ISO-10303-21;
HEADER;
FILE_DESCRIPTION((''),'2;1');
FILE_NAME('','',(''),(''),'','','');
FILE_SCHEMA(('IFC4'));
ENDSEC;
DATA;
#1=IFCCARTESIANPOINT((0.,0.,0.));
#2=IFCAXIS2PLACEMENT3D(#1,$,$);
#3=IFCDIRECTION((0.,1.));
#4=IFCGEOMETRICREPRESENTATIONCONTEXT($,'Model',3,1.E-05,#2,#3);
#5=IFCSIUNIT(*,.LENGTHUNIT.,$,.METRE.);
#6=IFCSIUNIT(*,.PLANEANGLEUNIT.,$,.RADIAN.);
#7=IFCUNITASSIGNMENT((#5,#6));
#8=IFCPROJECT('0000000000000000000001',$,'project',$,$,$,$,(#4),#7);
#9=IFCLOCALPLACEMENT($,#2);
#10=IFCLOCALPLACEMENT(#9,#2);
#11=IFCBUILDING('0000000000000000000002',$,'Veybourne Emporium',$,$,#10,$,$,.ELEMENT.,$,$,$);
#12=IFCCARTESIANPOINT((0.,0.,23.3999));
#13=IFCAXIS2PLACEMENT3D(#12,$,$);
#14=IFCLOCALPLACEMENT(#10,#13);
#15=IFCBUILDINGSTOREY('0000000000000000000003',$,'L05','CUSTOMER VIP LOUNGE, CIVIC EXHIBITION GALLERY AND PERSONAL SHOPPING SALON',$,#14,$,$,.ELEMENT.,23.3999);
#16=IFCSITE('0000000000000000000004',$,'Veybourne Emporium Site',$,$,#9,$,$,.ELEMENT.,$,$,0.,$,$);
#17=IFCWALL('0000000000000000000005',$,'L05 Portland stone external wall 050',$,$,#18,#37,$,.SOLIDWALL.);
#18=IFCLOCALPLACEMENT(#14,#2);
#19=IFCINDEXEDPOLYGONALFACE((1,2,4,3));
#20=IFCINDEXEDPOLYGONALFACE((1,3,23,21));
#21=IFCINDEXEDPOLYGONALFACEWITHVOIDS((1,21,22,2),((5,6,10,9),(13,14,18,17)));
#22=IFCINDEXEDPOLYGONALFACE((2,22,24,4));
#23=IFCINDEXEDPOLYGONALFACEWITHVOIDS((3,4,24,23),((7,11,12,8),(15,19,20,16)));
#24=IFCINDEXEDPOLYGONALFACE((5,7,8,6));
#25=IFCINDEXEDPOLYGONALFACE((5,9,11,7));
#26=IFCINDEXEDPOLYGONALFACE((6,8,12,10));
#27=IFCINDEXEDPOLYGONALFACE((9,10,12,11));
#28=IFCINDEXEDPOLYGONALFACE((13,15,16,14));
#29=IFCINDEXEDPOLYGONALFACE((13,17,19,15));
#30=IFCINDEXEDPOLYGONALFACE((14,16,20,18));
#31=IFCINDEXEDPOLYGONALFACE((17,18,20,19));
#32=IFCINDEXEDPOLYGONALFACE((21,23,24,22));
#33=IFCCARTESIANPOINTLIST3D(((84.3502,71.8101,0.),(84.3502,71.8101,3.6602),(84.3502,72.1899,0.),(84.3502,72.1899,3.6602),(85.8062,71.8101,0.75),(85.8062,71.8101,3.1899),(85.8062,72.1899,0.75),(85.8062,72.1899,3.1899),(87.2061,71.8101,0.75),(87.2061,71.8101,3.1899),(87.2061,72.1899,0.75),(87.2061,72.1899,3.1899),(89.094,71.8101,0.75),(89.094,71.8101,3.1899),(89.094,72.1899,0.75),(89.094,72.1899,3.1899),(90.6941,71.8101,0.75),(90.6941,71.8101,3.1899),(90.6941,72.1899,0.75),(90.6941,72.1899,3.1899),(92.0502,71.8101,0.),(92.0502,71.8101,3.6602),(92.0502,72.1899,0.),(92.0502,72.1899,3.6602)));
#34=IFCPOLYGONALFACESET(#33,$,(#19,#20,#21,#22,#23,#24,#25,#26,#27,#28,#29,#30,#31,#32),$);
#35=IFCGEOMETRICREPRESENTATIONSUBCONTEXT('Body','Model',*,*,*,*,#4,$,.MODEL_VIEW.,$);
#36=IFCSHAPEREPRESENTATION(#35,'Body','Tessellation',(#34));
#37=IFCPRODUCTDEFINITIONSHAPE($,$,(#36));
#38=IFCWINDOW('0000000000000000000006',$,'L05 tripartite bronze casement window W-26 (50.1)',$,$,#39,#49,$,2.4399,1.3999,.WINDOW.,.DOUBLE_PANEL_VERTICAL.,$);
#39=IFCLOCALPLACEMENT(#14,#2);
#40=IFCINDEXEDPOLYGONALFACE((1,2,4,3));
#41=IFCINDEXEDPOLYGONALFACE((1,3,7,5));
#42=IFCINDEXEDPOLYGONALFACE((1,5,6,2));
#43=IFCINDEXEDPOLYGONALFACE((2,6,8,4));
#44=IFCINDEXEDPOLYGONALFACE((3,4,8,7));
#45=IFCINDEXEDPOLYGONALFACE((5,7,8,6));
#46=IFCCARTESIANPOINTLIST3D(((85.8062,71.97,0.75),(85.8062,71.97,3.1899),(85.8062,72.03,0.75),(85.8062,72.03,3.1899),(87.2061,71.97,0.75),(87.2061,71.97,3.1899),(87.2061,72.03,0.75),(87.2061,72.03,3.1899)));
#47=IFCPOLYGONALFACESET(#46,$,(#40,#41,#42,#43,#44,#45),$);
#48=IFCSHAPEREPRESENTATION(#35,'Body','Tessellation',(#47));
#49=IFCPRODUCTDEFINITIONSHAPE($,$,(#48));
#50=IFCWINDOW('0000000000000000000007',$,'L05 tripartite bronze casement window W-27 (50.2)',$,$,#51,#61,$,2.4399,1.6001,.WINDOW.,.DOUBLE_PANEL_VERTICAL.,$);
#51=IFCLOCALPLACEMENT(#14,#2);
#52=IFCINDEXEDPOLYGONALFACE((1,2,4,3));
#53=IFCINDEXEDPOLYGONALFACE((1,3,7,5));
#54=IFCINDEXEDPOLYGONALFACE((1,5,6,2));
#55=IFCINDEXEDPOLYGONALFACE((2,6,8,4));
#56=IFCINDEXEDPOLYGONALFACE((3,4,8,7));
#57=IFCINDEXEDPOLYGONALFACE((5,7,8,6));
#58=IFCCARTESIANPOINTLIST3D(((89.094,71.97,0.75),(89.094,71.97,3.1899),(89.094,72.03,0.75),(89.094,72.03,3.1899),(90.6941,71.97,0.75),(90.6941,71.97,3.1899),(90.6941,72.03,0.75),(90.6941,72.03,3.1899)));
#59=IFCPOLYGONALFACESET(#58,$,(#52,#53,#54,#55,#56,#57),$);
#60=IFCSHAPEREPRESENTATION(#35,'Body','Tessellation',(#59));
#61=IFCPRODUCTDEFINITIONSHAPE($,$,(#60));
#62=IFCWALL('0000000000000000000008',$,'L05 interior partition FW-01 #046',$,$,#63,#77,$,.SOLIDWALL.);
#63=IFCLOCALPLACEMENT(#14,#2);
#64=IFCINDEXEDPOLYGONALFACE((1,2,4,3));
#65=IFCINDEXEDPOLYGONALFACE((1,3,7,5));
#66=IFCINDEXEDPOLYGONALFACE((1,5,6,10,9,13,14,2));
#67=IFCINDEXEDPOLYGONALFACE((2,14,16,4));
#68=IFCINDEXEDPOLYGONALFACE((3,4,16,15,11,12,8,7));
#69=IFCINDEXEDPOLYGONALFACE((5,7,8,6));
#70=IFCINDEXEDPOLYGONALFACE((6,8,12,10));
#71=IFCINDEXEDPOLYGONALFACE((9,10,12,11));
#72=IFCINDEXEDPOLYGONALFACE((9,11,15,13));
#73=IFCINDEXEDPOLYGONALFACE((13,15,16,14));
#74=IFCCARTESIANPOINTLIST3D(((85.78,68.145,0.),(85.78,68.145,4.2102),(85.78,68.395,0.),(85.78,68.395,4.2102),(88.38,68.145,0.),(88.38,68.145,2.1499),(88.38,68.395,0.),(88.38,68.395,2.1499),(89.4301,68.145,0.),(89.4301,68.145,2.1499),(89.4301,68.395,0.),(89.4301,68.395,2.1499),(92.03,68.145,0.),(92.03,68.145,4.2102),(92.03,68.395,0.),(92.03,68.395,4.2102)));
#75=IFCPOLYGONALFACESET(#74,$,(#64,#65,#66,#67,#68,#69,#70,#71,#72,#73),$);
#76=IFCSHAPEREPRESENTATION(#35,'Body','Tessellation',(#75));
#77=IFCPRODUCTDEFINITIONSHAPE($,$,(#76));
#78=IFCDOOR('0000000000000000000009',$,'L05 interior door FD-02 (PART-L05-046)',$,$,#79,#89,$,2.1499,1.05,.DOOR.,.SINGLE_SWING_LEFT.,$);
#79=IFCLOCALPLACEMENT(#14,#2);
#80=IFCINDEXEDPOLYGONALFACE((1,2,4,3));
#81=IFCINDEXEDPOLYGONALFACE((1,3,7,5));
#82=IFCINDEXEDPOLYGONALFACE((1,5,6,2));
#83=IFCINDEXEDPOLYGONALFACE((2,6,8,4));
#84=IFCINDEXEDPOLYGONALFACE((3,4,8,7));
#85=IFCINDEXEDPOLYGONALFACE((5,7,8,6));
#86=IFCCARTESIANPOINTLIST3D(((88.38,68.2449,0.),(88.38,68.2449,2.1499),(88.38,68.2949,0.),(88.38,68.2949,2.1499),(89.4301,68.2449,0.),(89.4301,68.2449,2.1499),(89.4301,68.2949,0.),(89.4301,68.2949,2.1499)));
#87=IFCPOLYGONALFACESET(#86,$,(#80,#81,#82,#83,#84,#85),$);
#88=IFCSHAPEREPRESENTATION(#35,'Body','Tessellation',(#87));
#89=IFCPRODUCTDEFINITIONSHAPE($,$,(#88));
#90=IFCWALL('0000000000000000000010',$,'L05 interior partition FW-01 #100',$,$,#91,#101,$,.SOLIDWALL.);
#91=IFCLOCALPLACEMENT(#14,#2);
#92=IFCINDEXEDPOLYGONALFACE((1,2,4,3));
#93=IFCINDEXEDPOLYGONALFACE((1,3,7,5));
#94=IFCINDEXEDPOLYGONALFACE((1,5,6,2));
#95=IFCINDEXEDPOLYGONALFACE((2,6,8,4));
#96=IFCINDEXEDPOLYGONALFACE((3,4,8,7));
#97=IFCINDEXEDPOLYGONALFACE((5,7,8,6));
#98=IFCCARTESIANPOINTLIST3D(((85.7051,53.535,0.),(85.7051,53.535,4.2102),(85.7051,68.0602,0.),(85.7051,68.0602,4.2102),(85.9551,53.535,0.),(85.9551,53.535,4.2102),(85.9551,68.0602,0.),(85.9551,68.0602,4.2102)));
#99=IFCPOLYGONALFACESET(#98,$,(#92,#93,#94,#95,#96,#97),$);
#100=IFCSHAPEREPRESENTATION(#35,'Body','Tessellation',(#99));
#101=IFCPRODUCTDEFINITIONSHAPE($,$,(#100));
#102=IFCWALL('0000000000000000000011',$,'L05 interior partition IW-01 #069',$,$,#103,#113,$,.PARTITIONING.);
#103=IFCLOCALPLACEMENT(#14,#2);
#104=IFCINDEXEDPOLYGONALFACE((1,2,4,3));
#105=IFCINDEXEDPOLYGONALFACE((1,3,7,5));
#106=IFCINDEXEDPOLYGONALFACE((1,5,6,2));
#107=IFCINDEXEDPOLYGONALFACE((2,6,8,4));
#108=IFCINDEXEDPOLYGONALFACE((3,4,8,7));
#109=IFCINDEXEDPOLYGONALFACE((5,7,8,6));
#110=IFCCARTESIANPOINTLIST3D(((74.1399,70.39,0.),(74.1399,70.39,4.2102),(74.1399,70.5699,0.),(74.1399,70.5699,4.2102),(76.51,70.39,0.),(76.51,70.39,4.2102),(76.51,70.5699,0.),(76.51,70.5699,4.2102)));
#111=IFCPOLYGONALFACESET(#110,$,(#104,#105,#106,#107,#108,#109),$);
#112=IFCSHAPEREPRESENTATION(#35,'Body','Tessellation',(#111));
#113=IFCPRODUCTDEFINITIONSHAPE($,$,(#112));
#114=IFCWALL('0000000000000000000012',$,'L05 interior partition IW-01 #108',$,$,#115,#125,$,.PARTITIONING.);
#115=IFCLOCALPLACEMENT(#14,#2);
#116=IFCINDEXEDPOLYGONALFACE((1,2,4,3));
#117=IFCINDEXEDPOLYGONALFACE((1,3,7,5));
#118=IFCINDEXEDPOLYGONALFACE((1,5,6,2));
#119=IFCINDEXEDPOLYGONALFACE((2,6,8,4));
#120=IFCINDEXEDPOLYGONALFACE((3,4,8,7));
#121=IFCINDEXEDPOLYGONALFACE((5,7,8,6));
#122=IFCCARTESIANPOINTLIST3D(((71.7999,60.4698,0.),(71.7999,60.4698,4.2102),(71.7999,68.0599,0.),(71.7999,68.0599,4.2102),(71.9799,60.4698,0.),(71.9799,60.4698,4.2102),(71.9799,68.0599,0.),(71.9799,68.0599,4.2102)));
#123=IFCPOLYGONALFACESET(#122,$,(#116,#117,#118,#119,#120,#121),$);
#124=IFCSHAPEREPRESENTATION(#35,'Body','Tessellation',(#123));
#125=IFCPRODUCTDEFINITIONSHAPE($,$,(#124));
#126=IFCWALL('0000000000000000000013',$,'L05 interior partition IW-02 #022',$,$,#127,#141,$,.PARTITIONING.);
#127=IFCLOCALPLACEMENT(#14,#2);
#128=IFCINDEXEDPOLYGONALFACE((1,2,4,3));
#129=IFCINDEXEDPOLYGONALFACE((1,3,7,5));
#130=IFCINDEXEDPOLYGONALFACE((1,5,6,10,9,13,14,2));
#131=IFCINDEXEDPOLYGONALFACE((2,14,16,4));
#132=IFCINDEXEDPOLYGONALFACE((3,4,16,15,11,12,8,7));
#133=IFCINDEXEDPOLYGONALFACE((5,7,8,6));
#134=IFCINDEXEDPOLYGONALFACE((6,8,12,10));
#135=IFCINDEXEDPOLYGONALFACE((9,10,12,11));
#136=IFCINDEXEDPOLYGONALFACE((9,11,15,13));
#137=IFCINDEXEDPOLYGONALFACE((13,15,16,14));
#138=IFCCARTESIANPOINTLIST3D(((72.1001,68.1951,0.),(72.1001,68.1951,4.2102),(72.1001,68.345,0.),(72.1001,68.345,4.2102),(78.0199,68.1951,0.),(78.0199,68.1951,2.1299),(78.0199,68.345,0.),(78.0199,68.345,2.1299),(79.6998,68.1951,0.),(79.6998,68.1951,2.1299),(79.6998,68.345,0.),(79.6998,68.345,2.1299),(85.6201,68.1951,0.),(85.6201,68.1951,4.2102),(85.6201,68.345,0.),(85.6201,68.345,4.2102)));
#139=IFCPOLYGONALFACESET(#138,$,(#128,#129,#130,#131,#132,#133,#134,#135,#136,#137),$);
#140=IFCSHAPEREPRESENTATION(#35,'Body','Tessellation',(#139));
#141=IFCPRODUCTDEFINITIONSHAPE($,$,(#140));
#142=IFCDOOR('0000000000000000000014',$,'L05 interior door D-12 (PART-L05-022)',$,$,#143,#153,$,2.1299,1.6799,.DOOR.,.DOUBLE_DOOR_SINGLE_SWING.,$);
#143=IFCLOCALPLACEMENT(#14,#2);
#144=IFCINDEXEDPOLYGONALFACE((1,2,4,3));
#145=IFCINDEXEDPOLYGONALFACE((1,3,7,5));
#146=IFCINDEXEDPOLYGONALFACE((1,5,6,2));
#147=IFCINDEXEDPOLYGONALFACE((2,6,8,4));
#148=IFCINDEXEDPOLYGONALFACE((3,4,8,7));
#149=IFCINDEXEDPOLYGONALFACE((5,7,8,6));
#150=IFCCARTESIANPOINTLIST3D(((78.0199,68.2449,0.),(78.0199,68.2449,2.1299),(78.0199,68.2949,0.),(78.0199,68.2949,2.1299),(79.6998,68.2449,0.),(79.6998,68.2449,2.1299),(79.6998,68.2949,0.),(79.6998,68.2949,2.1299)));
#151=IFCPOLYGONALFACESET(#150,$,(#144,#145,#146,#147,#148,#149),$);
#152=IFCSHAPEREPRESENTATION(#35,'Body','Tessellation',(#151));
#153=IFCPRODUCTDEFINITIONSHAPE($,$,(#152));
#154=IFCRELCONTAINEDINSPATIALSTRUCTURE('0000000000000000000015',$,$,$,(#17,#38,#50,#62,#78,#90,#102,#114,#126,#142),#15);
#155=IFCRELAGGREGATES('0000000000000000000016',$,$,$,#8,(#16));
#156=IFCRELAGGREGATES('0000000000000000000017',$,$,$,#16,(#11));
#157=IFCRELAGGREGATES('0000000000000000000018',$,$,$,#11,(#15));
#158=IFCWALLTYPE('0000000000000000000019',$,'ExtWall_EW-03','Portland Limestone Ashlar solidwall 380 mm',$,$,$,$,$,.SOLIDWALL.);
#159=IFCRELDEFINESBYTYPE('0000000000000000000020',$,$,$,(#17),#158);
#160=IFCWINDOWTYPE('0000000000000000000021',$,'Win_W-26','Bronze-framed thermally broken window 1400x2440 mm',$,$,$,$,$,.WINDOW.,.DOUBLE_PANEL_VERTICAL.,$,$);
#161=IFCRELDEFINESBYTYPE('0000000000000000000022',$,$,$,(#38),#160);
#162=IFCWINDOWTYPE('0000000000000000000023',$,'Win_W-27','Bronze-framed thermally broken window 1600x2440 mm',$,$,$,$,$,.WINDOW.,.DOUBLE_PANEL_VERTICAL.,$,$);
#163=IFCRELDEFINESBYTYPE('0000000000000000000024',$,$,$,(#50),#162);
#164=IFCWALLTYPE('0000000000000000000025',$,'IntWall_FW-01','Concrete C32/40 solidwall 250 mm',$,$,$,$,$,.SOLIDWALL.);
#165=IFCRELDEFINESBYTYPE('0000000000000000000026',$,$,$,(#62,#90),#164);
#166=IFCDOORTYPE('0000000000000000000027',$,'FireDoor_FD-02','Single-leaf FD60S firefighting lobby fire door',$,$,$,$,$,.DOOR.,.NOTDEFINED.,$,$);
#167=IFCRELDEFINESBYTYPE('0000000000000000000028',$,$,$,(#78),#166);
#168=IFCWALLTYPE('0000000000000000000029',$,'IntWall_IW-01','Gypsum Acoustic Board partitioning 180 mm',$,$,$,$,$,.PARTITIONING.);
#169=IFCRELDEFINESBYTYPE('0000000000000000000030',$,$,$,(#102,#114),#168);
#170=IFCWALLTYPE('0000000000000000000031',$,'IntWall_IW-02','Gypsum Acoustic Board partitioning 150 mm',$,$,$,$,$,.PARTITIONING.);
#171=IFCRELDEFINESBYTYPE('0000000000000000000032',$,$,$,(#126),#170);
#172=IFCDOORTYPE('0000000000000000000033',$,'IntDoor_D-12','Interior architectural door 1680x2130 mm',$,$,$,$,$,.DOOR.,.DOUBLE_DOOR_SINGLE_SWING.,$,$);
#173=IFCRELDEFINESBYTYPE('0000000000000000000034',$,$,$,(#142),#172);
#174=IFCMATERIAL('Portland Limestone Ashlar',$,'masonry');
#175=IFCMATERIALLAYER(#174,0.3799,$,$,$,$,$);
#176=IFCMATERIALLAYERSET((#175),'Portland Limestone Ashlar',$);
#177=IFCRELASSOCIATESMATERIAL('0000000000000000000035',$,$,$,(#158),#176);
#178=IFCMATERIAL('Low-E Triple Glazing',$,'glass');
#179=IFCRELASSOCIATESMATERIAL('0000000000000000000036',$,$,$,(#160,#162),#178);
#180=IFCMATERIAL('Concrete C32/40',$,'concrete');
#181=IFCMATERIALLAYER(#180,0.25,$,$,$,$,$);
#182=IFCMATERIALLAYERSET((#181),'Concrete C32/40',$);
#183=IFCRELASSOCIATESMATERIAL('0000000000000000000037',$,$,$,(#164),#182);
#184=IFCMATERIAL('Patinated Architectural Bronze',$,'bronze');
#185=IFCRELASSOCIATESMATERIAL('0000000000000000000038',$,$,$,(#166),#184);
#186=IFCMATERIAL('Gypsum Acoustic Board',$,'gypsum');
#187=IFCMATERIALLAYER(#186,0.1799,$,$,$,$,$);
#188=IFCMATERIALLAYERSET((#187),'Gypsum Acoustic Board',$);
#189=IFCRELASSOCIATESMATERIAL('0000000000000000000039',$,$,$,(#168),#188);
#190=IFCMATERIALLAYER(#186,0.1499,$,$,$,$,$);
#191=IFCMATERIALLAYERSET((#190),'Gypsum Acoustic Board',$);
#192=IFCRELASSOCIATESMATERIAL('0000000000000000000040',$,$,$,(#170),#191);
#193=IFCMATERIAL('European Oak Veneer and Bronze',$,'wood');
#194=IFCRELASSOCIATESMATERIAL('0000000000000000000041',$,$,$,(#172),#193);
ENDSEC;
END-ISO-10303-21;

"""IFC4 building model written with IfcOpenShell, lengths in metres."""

from ifc_helpers import new_model, si_unit, direction, frame, frame_2d, origin, place, context, subcontext, project, spatial, rectangle, extrude, material, layer, layer_set, type_object, element, fill, save


model = new_model("IFC4")

# Units and contexts
model_context = context("Model", 3, precision=1e-05, world=origin(), true_north=direction((0.0, 1.0)))
body_context = subcontext(model_context, "Body", "Model", "MODEL_VIEW")
ifc_project = project(units=[si_unit("LENGTHUNIT", "METRE"), si_unit("PLANEANGLEUNIT", "RADIAN")], contexts=[model_context])

# Site, building, storey
site_placement = place(None, origin())
site = spatial("IfcSite", under=ifc_project, at=site_placement, Name="Veybourne Emporium Site", CompositionType="ELEMENT", RefElevation=0.0)
building_placement = place(site_placement, origin())
building = spatial("IfcBuilding", under=site, at=building_placement, Name="Veybourne Emporium", CompositionType="ELEMENT")
storey_placement = place(building_placement, frame((0.0, 0.0, 23.3999)))
storey = spatial("IfcBuildingStorey", under=building, at=storey_placement, Name="L05", Description="CUSTOMER VIP LOUNGE, CIVIC EXHIBITION GALLERY AND PERSONAL SHOPPING SALON", CompositionType="ELEMENT", Elevation=23.3999)

# Shared definitions
ifc_material_1 = material(Name="Concrete C32/40", Category="concrete")

# Wall, openings, windows
ifc_material_2 = material(Name="Portland Limestone Ashlar", Category="masonry")
ifc_layer_1 = layer(ifc_material_2, 0.3799)
ifc_layer_set_1 = layer_set([ifc_layer_1], Name="Portland Limestone Ashlar")
wall_type_1 = type_object("IfcWallType", Name="ExtWall_EW-03", Description="Portland Limestone Ashlar solidwall 380 mm", PredefinedType="SOLIDWALL", material=ifc_layer_set_1)
wall_1_placement = place(storey_placement, frame((84.3501, 72.0, 0.0), z_axis=(0.0, 0.0, 1.0), x_axis=(1.0, 0.0, 0.0)))
wall_1 = element("IfcWall", 1, at=wall_1_placement, inside=storey, type_object=wall_type_1, Name="L05 Portland stone external wall 050", PredefinedType="SOLIDWALL", context=body_context, shape_type="SweptSolid", body=[
    extrude(rectangle(XDim=7.7, YDim=0.3799, at=frame_2d((3.8501, 0.0))), origin(), (0.0, 0.0, 1.0), 3.6602),
])
opening_1_placement = place(wall_1_placement, frame((1.4561, 0.0, 0.75)))
opening_1 = element("IfcOpeningElement", 2, at=opening_1_placement, cuts=wall_1, PredefinedType="OPENING", context=body_context, shape_type="SweptSolid", body=[
    extrude(rectangle(XDim=1.3999, YDim=2.4399, at=frame_2d((0.7, 1.22))), frame((0.0, 0.21, 0.0), z_axis=(0.0, -1.0, 0.0), x_axis=(1.0, 0.0, 0.0)), (0.0, 0.0, 1.0), 0.4199),
])
opening_2_placement = place(wall_1_placement, frame((4.7439, 0.0, 0.75)))
opening_2 = element("IfcOpeningElement", 3, at=opening_2_placement, cuts=wall_1, PredefinedType="OPENING", context=body_context, shape_type="SweptSolid", body=[
    extrude(rectangle(XDim=1.6001, YDim=2.4399, at=frame_2d((0.8, 1.22))), frame((0.0, 0.21, 0.0), z_axis=(0.0, -1.0, 0.0), x_axis=(1.0, 0.0, 0.0)), (0.0, 0.0, 1.0), 0.4199),
])
ifc_material_3 = material(Name="Low-E Triple Glazing", Category="glass")
window_type_1 = type_object("IfcWindowType", Name="Win_W-26", Description="Bronze-framed thermally broken window 1400x2440 mm", PartitioningType="DOUBLE_PANEL_VERTICAL", PredefinedType="WINDOW", material=ifc_material_3)
window_1_placement = place(opening_1_placement, origin())
window_1 = element("IfcWindow", 4, at=window_1_placement, inside=storey, type_object=window_type_1, Name="L05 tripartite bronze casement window W-26 (50.1)", OverallHeight=2.4399, OverallWidth=1.3999, PartitioningType="DOUBLE_PANEL_VERTICAL", PredefinedType="WINDOW", context=body_context, shape_type="SweptSolid", body=[
    extrude(rectangle(XDim=1.3999, YDim=2.4399, at=frame_2d((0.7, 1.22))), frame((0.0, 0.03, 0.0), z_axis=(0.0, -1.0, 0.0), x_axis=(1.0, 0.0, 0.0)), (0.0, 0.0, 1.0), 0.0601),
])
fill(opening_1, window_1)
window_type_2 = type_object("IfcWindowType", Name="Win_W-27", Description="Bronze-framed thermally broken window 1600x2440 mm", PartitioningType="DOUBLE_PANEL_VERTICAL", PredefinedType="WINDOW", material=ifc_material_3)
window_2_placement = place(opening_2_placement, origin())
window_2 = element("IfcWindow", 5, at=window_2_placement, inside=storey, type_object=window_type_2, Name="L05 tripartite bronze casement window W-27 (50.2)", OverallHeight=2.4399, OverallWidth=1.6001, PartitioningType="DOUBLE_PANEL_VERTICAL", PredefinedType="WINDOW", context=body_context, shape_type="SweptSolid", body=[
    extrude(rectangle(XDim=1.6001, YDim=2.4399, at=frame_2d((0.8, 1.22))), frame((0.0, 0.03, 0.0), z_axis=(0.0, -1.0, 0.0), x_axis=(1.0, 0.0, 0.0)), (0.0, 0.0, 1.0), 0.0601),
])
fill(opening_2, window_2)

# Wall, opening, door
ifc_layer_2 = layer(ifc_material_1, 0.25)
ifc_layer_set_2 = layer_set([ifc_layer_2], Name="Concrete C32/40")
wall_type_2 = type_object("IfcWallType", Name="IntWall_FW-01", Description="Concrete C32/40 solidwall 250 mm", PredefinedType="SOLIDWALL", material=ifc_layer_set_2)
wall_2_placement = place(storey_placement, frame((85.78, 68.27, 0.0), z_axis=(0.0, 0.0, 1.0), x_axis=(1.0, 0.0, 0.0)))
wall_2 = element("IfcWall", 6, at=wall_2_placement, inside=storey, type_object=wall_type_2, Name="L05 interior partition FW-01 #046", PredefinedType="SOLIDWALL", context=body_context, shape_type="SweptSolid", body=[
    extrude(rectangle(XDim=6.25, YDim=0.25, at=frame_2d((3.125, 0.0))), origin(), (0.0, 0.0, 1.0), 4.2102),
])
opening_3_placement = place(wall_2_placement, frame((2.6001, 0.0, 0.0)))
opening_3 = element("IfcOpeningElement", 7, at=opening_3_placement, cuts=wall_2, PredefinedType="OPENING", context=body_context, shape_type="SweptSolid", body=[
    extrude(rectangle(XDim=1.05, YDim=2.1499, at=frame_2d((0.5249, 1.075))), frame((0.0, 0.145, 0.0), z_axis=(0.0, -1.0, 0.0), x_axis=(1.0, 0.0, 0.0)), (0.0, 0.0, 1.0), 0.29),
])
ifc_material_4 = material(Name="Patinated Architectural Bronze", Category="bronze")
door_type_1 = type_object("IfcDoorType", Name="FireDoor_FD-02", Description="Single-leaf FD60S firefighting lobby fire door", OperationType="NOTDEFINED", PredefinedType="DOOR", material=ifc_material_4)
door_1_placement = place(opening_3_placement, origin())
door_1 = element("IfcDoor", 8, at=door_1_placement, inside=storey, type_object=door_type_1, Name="L05 interior door FD-02 (PART-L05-046)", OperationType="SINGLE_SWING_LEFT", OverallHeight=2.1499, OverallWidth=1.05, PredefinedType="DOOR", context=body_context, shape_type="SweptSolid", body=[
    extrude(rectangle(XDim=1.05, YDim=2.1499, at=frame_2d((0.5249, 1.075))), frame((0.0, 0.0249, 0.0), z_axis=(0.0, -1.0, 0.0), x_axis=(1.0, 0.0, 0.0)), (0.0, 0.0, 1.0), 0.05),
])
fill(opening_3, door_1)

# Walls
wall_3_placement = place(storey_placement, frame((85.8301, 53.5349, 0.0), z_axis=(0.0, 0.0, 1.0), x_axis=(0.0, 1.0, 0.0)))
element("IfcWall", 9, at=wall_3_placement, inside=storey, type_object=wall_type_2, Name="L05 interior partition FW-01 #100", PredefinedType="SOLIDWALL", context=body_context, shape_type="SweptSolid", body=[
    extrude(rectangle(XDim=14.5251, YDim=0.25, at=frame_2d((7.2627, 0.0))), origin(), (0.0, 0.0, 1.0), 4.2102),
])
ifc_material_5 = material(Name="Gypsum Acoustic Board", Category="gypsum")
ifc_layer_3 = layer(ifc_material_5, 0.1799)
ifc_layer_set_3 = layer_set([ifc_layer_3], Name="Gypsum Acoustic Board")
wall_type_3 = type_object("IfcWallType", Name="IntWall_IW-01", Description="Gypsum Acoustic Board partitioning 180 mm", PredefinedType="PARTITIONING", material=ifc_layer_set_3)
wall_4_placement = place(storey_placement, frame((74.1399, 70.48, 0.0), z_axis=(0.0, 0.0, 1.0), x_axis=(1.0, 0.0, 0.0)))
element("IfcWall", 10, at=wall_4_placement, inside=storey, type_object=wall_type_3, Name="L05 interior partition IW-01 #069", PredefinedType="PARTITIONING", context=body_context, shape_type="SweptSolid", body=[
    extrude(rectangle(XDim=2.3701, YDim=0.1799, at=frame_2d((1.1851, 0.0))), origin(), (0.0, 0.0, 1.0), 4.2102),
])
wall_5_placement = place(storey_placement, frame((71.8899, 60.47, 0.0), z_axis=(0.0, 0.0, 1.0), x_axis=(0.0, 1.0, 0.0)))
element("IfcWall", 11, at=wall_5_placement, inside=storey, type_object=wall_type_3, Name="L05 interior partition IW-01 #108", PredefinedType="PARTITIONING", context=body_context, shape_type="SweptSolid", body=[
    extrude(rectangle(XDim=7.5901, YDim=0.1799, at=frame_2d((3.7949, 0.0))), origin(), (0.0, 0.0, 1.0), 4.2102),
])

# Wall, opening, door
ifc_layer_4 = layer(ifc_material_5, 0.1499)
ifc_layer_set_4 = layer_set([ifc_layer_4], Name="Gypsum Acoustic Board")
wall_type_4 = type_object("IfcWallType", Name="IntWall_IW-02", Description="Gypsum Acoustic Board partitioning 150 mm", PredefinedType="PARTITIONING", material=ifc_layer_set_4)
wall_6_placement = place(storey_placement, frame((72.1001, 68.27, 0.0), z_axis=(0.0, 0.0, 1.0), x_axis=(1.0, 0.0, 0.0)))
wall_6 = element("IfcWall", 12, at=wall_6_placement, inside=storey, type_object=wall_type_4, Name="L05 interior partition IW-02 #022", PredefinedType="PARTITIONING", context=body_context, shape_type="SweptSolid", body=[
    extrude(rectangle(XDim=13.52, YDim=0.1499, at=frame_2d((6.76, 0.0))), origin(), (0.0, 0.0, 1.0), 4.2102),
])
opening_4_placement = place(wall_6_placement, frame((5.9199, 0.0, 0.0)))
opening_4 = element("IfcOpeningElement", 13, at=opening_4_placement, cuts=wall_6, PredefinedType="OPENING", context=body_context, shape_type="SweptSolid", body=[
    extrude(rectangle(XDim=1.6799, YDim=2.1299, at=frame_2d((0.8398, 1.0649))), frame((0.0, 0.095, 0.0), z_axis=(0.0, -1.0, 0.0), x_axis=(1.0, 0.0, 0.0)), (0.0, 0.0, 1.0), 0.1899),
])
ifc_material_6 = material(Name="European Oak Veneer and Bronze", Category="wood")
door_type_2 = type_object("IfcDoorType", Name="IntDoor_D-12", Description="Interior architectural door 1680x2130 mm", OperationType="DOUBLE_DOOR_SINGLE_SWING", PredefinedType="DOOR", material=ifc_material_6)
door_2_placement = place(opening_4_placement, origin())
door_2 = element("IfcDoor", 14, at=door_2_placement, inside=storey, type_object=door_type_2, Name="L05 interior door D-12 (PART-L05-022)", OperationType="DOUBLE_DOOR_SINGLE_SWING", OverallHeight=2.1299, OverallWidth=1.6799, PredefinedType="DOOR", context=body_context, shape_type="SweptSolid", body=[
    extrude(rectangle(XDim=1.6799, YDim=2.1299, at=frame_2d((0.8398, 1.0649))), frame((0.0, 0.0249, 0.0), z_axis=(0.0, -1.0, 0.0), x_axis=(1.0, 0.0, 0.0)), (0.0, 0.0, 1.0), 0.05),
])
fill(opening_4, door_2)

save(model, "model.ifc")
